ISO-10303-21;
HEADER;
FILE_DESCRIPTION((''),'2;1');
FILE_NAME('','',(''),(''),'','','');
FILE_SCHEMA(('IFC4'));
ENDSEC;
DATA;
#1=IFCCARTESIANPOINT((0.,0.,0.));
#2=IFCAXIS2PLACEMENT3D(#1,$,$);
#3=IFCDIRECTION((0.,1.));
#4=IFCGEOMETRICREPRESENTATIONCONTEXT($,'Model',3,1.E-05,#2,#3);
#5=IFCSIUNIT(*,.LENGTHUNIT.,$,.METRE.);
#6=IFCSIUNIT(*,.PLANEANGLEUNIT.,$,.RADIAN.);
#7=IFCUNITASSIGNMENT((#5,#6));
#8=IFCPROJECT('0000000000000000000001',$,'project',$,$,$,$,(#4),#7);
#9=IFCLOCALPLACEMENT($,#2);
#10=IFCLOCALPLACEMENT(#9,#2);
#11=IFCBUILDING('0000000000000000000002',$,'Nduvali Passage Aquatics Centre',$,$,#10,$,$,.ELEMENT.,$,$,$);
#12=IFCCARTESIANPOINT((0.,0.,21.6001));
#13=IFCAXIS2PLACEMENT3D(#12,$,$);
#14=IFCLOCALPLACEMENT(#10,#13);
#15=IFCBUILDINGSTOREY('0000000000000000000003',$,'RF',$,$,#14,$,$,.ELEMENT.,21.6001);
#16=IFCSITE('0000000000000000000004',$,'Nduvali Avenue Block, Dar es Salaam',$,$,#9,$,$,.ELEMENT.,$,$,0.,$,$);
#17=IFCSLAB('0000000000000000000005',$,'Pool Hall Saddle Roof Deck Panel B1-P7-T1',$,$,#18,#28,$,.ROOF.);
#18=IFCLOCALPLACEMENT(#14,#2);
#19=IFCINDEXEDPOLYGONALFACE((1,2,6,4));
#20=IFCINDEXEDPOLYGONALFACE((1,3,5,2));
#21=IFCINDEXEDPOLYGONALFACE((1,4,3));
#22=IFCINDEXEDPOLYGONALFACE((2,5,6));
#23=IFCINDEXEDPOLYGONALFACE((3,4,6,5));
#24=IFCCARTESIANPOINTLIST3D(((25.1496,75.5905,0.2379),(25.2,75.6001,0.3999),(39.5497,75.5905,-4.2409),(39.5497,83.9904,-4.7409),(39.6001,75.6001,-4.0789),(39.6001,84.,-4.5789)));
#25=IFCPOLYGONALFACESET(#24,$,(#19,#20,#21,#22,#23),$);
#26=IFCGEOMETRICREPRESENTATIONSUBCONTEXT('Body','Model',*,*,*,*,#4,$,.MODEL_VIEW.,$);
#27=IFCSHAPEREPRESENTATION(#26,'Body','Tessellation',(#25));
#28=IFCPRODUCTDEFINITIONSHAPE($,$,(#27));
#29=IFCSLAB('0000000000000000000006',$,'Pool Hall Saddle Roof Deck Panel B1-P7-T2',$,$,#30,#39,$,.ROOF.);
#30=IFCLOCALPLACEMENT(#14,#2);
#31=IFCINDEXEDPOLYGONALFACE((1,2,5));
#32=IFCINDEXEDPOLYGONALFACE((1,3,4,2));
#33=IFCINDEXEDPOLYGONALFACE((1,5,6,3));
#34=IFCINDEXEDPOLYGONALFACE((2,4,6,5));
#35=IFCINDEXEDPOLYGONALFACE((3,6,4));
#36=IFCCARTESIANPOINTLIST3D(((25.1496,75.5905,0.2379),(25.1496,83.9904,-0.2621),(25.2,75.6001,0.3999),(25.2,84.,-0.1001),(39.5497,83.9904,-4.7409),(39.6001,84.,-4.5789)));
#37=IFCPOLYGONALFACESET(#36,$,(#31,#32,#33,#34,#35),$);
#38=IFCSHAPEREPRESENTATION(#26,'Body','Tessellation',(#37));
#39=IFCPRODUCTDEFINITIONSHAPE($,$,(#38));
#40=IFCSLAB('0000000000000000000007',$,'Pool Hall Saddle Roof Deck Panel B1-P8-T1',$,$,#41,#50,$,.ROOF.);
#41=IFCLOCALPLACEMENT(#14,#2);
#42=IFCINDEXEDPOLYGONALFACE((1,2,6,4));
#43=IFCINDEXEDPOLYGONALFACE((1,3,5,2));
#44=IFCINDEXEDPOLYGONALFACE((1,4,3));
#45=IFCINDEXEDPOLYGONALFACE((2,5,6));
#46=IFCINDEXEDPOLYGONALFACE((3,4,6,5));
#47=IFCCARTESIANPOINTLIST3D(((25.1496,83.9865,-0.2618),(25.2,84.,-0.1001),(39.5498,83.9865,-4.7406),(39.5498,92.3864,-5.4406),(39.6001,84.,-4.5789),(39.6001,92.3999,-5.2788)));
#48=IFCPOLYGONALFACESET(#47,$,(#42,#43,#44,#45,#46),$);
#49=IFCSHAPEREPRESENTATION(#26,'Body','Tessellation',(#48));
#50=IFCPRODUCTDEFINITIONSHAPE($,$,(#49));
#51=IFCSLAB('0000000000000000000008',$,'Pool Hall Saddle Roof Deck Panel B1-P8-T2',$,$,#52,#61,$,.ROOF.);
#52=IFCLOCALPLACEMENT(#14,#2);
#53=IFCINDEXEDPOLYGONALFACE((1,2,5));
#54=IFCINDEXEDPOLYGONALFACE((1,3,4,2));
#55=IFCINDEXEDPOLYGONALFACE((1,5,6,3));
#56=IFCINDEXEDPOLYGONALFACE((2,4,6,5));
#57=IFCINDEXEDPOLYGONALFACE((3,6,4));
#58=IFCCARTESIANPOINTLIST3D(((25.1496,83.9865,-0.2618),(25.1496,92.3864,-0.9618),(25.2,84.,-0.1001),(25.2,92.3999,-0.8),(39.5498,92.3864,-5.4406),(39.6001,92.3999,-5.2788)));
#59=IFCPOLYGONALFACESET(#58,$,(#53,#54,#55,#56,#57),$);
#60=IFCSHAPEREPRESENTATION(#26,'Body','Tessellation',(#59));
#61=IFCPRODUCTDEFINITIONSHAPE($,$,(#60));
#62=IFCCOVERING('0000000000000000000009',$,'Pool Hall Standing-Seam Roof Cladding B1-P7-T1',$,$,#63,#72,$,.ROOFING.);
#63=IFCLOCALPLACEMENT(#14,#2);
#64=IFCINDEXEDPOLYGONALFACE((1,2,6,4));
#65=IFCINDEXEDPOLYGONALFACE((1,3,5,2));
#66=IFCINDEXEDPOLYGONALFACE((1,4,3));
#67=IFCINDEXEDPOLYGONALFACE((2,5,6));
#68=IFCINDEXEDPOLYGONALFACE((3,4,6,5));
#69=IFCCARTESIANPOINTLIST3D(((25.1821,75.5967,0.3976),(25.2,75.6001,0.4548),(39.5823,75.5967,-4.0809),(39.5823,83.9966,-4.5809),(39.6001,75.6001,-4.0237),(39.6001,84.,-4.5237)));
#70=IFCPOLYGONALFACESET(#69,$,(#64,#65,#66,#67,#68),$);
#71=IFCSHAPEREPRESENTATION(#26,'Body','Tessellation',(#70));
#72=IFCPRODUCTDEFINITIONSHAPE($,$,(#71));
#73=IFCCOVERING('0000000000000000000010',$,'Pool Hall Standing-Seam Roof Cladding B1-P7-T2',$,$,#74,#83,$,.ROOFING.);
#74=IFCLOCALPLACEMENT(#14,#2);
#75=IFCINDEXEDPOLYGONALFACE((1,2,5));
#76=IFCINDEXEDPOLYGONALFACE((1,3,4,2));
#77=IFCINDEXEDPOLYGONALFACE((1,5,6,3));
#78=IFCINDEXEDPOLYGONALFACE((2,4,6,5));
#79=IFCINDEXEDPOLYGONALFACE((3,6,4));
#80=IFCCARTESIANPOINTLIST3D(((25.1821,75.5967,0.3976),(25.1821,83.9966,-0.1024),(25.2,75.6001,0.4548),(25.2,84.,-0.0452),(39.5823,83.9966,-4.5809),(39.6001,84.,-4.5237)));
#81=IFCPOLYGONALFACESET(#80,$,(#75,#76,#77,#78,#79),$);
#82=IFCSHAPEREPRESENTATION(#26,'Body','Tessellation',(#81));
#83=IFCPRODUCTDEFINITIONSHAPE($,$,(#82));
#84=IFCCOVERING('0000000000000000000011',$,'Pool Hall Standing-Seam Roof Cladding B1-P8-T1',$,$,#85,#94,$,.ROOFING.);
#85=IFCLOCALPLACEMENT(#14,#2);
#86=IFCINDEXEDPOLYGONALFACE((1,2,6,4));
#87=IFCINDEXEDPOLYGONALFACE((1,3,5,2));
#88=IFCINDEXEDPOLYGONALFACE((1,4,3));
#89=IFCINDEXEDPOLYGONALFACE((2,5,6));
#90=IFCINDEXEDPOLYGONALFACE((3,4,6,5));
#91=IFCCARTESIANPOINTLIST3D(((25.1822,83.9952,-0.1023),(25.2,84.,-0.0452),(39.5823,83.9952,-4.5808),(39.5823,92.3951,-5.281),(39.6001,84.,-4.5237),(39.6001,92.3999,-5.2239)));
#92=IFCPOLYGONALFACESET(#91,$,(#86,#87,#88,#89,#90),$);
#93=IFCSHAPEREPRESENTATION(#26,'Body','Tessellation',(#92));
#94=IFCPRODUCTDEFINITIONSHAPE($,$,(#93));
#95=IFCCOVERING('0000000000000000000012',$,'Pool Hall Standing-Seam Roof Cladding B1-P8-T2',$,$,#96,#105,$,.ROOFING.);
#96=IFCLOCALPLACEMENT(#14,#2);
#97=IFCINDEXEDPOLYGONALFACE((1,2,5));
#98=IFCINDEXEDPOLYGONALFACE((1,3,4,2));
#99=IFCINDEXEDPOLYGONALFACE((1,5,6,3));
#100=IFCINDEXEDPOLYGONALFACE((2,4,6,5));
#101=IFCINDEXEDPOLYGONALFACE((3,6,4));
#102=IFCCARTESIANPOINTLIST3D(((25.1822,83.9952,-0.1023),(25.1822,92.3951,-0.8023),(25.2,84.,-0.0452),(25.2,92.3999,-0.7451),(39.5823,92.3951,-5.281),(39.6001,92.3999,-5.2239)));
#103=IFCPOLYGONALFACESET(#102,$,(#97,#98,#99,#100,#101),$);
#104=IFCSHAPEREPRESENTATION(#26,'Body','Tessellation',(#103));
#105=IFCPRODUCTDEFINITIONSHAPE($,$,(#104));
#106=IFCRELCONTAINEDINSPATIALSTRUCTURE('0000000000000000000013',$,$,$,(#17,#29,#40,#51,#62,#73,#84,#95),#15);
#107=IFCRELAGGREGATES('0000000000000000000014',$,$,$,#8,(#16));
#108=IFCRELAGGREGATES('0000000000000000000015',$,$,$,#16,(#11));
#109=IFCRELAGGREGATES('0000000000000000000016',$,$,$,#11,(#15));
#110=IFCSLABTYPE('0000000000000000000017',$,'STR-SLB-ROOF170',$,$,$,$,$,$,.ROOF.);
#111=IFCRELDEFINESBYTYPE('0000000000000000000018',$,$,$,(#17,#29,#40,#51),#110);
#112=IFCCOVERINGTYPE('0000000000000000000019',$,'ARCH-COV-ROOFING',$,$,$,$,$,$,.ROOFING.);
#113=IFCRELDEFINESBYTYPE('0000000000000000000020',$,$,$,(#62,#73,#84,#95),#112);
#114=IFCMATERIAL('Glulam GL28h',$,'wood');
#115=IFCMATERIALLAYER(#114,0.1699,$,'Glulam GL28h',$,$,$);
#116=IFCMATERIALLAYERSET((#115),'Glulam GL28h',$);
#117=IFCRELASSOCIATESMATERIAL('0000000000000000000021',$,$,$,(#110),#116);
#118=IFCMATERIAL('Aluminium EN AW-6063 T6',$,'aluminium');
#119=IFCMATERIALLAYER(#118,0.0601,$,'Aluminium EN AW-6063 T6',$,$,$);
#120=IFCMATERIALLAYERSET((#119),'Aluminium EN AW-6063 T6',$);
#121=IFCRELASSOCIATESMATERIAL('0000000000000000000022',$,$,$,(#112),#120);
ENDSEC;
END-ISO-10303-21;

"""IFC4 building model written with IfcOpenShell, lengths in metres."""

from ifc_helpers import new_model, si_unit, direction, frame, origin, place, context, subcontext, project, spatial, polyline, outline, extrude, material, layer, layer_set, type_object, element, save


model = new_model("IFC4")

# Units and contexts
model_context = context("Model", 3, precision=1e-05, world=origin(), true_north=direction((0.0, 1.0)))
body_context = subcontext(model_context, "Body", "Model", "MODEL_VIEW")
ifc_project = project(units=[si_unit("LENGTHUNIT", "METRE"), si_unit("PLANEANGLEUNIT", "RADIAN")], contexts=[model_context])

# Site, building, storey
site_placement = place(None, origin())
site = spatial("IfcSite", under=ifc_project, at=site_placement, Name="Nduvali Avenue Block, Dar es Salaam", CompositionType="ELEMENT", RefElevation=0.0)
building_placement = place(site_placement, origin())
building = spatial("IfcBuilding", under=site, at=building_placement, Name="Nduvali Passage Aquatics Centre", CompositionType="ELEMENT")
storey_placement = place(building_placement, frame((0.0, 0.0, 21.6001)))
storey = spatial("IfcBuildingStorey", under=building, at=storey_placement, Name="RF", CompositionType="ELEMENT", Elevation=21.6001)

# Shared definitions
ifc_material_1 = material(Name="Glulam GL28h", Category="wood")

# Slabs
ifc_layer_1 = layer(ifc_material_1, 0.1699, Name="Glulam GL28h")
ifc_layer_set_1 = layer_set([ifc_layer_1], Name="Glulam GL28h")
slab_type = type_object("IfcSlabType", Name="STR-SLB-ROOF170", PredefinedType="ROOF", material=ifc_layer_set_1)
slab_1_placement = place(storey_placement, frame((25.2, 75.6001, 0.3999), z_axis=(0.29651, 0.056747, 0.953342), x_axis=(0.954881, 0.0, -0.296989)))
element("IfcSlab", 1, at=slab_1_placement, inside=storey, type_object=slab_type, Name="Pool Hall Saddle Roof Deck Panel B1-P7-T1", PredefinedType="ROOF", context=body_context, shape_type="SweptSolid", body=[
    extrude(outline(polyline([(0.0, 0.0), (15.0806, 0.0), (15.2291, 8.4135), (0.0, 0.0)])), origin(), (0.0, 0.0, -1.0), 0.1699),
])
slab_2_placement = place(storey_placement, frame((25.2, 75.6001, 0.3999), z_axis=(0.29651, 0.056747, 0.953342), x_axis=(0.827662, 0.482792, -0.286159)))
element("IfcSlab", 2, at=slab_2_placement, inside=storey, type_object=slab_type, Name="Pool Hall Saddle Roof Deck Panel B1-P7-T2", PredefinedType="ROOF", context=body_context, shape_type="SweptSolid", body=[
    extrude(outline(polyline([(0.0, 0.0), (17.3986, 0.0), (4.1985, 7.2925), (0.0, 0.0)])), origin(), (0.0, 0.0, -1.0), 0.1699),
])
slab_3_placement = place(storey_placement, frame((25.2, 84.0, -0.1001), z_axis=(0.296053, 0.079318, 0.951872), x_axis=(0.954881, 0.0, -0.296989)))
element("IfcSlab", 3, at=slab_3_placement, inside=storey, type_object=slab_type, Name="Pool Hall Saddle Roof Deck Panel B1-P8-T1", PredefinedType="ROOF", context=body_context, shape_type="SweptSolid", body=[
    extrude(outline(polyline([(0.0, 0.0), (15.0806, 0.0), (15.2884, 8.4265), (0.0, 0.0)])), origin(), (0.0, 0.0, -1.0), 0.1699),
])
slab_4_placement = place(storey_placement, frame((25.2, 84.0, -0.1001), z_axis=(0.296053, 0.079318, 0.951872), x_axis=(0.824899, 0.481181, -0.296658)))
element("IfcSlab", 4, at=slab_4_placement, inside=storey, type_object=slab_type, Name="Pool Hall Saddle Roof Deck Panel B1-P8-T2", PredefinedType="ROOF", context=body_context, shape_type="SweptSolid", body=[
    extrude(outline(polyline([(0.0, 0.0), (17.4569, 0.0), (4.2495, 7.2794), (0.0, 0.0)])), origin(), (0.0, 0.0, -1.0), 0.1699),
])

# Coverings
ifc_material_2 = material(Name="Aluminium EN AW-6063 T6", Category="aluminium")
ifc_layer_2 = layer(ifc_material_2, 0.0601, Name="Aluminium EN AW-6063 T6")
ifc_layer_set_2 = layer_set([ifc_layer_2], Name="Aluminium EN AW-6063 T6")
covering_type = type_object("IfcCoveringType", Name="ARCH-COV-ROOFING", PredefinedType="ROOFING", material=ifc_layer_set_2)
covering_1_placement = place(storey_placement, frame((25.2, 75.6001, 0.4548), z_axis=(0.296495, 0.056747, 0.953347), x_axis=(0.954886, 0.0, -0.296974)))
element("IfcCovering", 5, at=covering_1_placement, inside=storey, type_object=covering_type, Name="Pool Hall Standing-Seam Roof Cladding B1-P7-T1", PredefinedType="ROOFING", context=body_context, shape_type="SweptSolid", body=[
    extrude(outline(polyline([(0.0, 0.0), (15.0805, 0.0), (15.229, 8.4135), (0.0, 0.0)])), origin(), (0.0, 0.0, -1.0), 0.0601),
])
covering_2_placement = place(storey_placement, frame((25.2, 75.6001, 0.4548), z_axis=(0.296495, 0.056747, 0.953347), x_axis=(0.827665, 0.482794, -0.286146)))
element("IfcCovering", 6, at=covering_2_placement, inside=storey, type_object=covering_type, Name="Pool Hall Standing-Seam Roof Cladding B1-P7-T2", PredefinedType="ROOFING", context=body_context, shape_type="SweptSolid", body=[
    extrude(outline(polyline([(0.0, 0.0), (17.3985, 0.0), (4.1985, 7.2925), (0.0, 0.0)])), origin(), (0.0, 0.0, -1.0), 0.0601),
])
covering_3_placement = place(storey_placement, frame((25.2, 84.0, -0.0452), z_axis=(0.296038, 0.079346, 0.951875), x_axis=(0.954886, 0.0, -0.296974)))
element("IfcCovering", 7, at=covering_3_placement, inside=storey, type_object=covering_type, Name="Pool Hall Standing-Seam Roof Cladding B1-P8-T1", PredefinedType="ROOFING", context=body_context, shape_type="SweptSolid", body=[
    extrude(outline(polyline([(0.0, 0.0), (15.0805, 0.0), (15.2884, 8.4265), (0.0, 0.0)])), origin(), (0.0, 0.0, -1.0), 0.0601),
])
covering_4_placement = place(storey_placement, frame((25.2, 84.0, -0.0452), z_axis=(0.296053, 0.079318, 0.951872), x_axis=(0.824899, 0.481181, -0.296658)))
element("IfcCovering", 8, at=covering_4_placement, inside=storey, type_object=covering_type, Name="Pool Hall Standing-Seam Roof Cladding B1-P8-T2", PredefinedType="ROOFING", context=body_context, shape_type="SweptSolid", body=[
    extrude(outline(polyline([(0.0, 0.0), (17.4569, 0.0), (4.2495, 7.2794), (0.0, 0.0)])), origin(), (0.0, 0.0, -1.0), 0.0601),
])

save(model, "model.ifc")
